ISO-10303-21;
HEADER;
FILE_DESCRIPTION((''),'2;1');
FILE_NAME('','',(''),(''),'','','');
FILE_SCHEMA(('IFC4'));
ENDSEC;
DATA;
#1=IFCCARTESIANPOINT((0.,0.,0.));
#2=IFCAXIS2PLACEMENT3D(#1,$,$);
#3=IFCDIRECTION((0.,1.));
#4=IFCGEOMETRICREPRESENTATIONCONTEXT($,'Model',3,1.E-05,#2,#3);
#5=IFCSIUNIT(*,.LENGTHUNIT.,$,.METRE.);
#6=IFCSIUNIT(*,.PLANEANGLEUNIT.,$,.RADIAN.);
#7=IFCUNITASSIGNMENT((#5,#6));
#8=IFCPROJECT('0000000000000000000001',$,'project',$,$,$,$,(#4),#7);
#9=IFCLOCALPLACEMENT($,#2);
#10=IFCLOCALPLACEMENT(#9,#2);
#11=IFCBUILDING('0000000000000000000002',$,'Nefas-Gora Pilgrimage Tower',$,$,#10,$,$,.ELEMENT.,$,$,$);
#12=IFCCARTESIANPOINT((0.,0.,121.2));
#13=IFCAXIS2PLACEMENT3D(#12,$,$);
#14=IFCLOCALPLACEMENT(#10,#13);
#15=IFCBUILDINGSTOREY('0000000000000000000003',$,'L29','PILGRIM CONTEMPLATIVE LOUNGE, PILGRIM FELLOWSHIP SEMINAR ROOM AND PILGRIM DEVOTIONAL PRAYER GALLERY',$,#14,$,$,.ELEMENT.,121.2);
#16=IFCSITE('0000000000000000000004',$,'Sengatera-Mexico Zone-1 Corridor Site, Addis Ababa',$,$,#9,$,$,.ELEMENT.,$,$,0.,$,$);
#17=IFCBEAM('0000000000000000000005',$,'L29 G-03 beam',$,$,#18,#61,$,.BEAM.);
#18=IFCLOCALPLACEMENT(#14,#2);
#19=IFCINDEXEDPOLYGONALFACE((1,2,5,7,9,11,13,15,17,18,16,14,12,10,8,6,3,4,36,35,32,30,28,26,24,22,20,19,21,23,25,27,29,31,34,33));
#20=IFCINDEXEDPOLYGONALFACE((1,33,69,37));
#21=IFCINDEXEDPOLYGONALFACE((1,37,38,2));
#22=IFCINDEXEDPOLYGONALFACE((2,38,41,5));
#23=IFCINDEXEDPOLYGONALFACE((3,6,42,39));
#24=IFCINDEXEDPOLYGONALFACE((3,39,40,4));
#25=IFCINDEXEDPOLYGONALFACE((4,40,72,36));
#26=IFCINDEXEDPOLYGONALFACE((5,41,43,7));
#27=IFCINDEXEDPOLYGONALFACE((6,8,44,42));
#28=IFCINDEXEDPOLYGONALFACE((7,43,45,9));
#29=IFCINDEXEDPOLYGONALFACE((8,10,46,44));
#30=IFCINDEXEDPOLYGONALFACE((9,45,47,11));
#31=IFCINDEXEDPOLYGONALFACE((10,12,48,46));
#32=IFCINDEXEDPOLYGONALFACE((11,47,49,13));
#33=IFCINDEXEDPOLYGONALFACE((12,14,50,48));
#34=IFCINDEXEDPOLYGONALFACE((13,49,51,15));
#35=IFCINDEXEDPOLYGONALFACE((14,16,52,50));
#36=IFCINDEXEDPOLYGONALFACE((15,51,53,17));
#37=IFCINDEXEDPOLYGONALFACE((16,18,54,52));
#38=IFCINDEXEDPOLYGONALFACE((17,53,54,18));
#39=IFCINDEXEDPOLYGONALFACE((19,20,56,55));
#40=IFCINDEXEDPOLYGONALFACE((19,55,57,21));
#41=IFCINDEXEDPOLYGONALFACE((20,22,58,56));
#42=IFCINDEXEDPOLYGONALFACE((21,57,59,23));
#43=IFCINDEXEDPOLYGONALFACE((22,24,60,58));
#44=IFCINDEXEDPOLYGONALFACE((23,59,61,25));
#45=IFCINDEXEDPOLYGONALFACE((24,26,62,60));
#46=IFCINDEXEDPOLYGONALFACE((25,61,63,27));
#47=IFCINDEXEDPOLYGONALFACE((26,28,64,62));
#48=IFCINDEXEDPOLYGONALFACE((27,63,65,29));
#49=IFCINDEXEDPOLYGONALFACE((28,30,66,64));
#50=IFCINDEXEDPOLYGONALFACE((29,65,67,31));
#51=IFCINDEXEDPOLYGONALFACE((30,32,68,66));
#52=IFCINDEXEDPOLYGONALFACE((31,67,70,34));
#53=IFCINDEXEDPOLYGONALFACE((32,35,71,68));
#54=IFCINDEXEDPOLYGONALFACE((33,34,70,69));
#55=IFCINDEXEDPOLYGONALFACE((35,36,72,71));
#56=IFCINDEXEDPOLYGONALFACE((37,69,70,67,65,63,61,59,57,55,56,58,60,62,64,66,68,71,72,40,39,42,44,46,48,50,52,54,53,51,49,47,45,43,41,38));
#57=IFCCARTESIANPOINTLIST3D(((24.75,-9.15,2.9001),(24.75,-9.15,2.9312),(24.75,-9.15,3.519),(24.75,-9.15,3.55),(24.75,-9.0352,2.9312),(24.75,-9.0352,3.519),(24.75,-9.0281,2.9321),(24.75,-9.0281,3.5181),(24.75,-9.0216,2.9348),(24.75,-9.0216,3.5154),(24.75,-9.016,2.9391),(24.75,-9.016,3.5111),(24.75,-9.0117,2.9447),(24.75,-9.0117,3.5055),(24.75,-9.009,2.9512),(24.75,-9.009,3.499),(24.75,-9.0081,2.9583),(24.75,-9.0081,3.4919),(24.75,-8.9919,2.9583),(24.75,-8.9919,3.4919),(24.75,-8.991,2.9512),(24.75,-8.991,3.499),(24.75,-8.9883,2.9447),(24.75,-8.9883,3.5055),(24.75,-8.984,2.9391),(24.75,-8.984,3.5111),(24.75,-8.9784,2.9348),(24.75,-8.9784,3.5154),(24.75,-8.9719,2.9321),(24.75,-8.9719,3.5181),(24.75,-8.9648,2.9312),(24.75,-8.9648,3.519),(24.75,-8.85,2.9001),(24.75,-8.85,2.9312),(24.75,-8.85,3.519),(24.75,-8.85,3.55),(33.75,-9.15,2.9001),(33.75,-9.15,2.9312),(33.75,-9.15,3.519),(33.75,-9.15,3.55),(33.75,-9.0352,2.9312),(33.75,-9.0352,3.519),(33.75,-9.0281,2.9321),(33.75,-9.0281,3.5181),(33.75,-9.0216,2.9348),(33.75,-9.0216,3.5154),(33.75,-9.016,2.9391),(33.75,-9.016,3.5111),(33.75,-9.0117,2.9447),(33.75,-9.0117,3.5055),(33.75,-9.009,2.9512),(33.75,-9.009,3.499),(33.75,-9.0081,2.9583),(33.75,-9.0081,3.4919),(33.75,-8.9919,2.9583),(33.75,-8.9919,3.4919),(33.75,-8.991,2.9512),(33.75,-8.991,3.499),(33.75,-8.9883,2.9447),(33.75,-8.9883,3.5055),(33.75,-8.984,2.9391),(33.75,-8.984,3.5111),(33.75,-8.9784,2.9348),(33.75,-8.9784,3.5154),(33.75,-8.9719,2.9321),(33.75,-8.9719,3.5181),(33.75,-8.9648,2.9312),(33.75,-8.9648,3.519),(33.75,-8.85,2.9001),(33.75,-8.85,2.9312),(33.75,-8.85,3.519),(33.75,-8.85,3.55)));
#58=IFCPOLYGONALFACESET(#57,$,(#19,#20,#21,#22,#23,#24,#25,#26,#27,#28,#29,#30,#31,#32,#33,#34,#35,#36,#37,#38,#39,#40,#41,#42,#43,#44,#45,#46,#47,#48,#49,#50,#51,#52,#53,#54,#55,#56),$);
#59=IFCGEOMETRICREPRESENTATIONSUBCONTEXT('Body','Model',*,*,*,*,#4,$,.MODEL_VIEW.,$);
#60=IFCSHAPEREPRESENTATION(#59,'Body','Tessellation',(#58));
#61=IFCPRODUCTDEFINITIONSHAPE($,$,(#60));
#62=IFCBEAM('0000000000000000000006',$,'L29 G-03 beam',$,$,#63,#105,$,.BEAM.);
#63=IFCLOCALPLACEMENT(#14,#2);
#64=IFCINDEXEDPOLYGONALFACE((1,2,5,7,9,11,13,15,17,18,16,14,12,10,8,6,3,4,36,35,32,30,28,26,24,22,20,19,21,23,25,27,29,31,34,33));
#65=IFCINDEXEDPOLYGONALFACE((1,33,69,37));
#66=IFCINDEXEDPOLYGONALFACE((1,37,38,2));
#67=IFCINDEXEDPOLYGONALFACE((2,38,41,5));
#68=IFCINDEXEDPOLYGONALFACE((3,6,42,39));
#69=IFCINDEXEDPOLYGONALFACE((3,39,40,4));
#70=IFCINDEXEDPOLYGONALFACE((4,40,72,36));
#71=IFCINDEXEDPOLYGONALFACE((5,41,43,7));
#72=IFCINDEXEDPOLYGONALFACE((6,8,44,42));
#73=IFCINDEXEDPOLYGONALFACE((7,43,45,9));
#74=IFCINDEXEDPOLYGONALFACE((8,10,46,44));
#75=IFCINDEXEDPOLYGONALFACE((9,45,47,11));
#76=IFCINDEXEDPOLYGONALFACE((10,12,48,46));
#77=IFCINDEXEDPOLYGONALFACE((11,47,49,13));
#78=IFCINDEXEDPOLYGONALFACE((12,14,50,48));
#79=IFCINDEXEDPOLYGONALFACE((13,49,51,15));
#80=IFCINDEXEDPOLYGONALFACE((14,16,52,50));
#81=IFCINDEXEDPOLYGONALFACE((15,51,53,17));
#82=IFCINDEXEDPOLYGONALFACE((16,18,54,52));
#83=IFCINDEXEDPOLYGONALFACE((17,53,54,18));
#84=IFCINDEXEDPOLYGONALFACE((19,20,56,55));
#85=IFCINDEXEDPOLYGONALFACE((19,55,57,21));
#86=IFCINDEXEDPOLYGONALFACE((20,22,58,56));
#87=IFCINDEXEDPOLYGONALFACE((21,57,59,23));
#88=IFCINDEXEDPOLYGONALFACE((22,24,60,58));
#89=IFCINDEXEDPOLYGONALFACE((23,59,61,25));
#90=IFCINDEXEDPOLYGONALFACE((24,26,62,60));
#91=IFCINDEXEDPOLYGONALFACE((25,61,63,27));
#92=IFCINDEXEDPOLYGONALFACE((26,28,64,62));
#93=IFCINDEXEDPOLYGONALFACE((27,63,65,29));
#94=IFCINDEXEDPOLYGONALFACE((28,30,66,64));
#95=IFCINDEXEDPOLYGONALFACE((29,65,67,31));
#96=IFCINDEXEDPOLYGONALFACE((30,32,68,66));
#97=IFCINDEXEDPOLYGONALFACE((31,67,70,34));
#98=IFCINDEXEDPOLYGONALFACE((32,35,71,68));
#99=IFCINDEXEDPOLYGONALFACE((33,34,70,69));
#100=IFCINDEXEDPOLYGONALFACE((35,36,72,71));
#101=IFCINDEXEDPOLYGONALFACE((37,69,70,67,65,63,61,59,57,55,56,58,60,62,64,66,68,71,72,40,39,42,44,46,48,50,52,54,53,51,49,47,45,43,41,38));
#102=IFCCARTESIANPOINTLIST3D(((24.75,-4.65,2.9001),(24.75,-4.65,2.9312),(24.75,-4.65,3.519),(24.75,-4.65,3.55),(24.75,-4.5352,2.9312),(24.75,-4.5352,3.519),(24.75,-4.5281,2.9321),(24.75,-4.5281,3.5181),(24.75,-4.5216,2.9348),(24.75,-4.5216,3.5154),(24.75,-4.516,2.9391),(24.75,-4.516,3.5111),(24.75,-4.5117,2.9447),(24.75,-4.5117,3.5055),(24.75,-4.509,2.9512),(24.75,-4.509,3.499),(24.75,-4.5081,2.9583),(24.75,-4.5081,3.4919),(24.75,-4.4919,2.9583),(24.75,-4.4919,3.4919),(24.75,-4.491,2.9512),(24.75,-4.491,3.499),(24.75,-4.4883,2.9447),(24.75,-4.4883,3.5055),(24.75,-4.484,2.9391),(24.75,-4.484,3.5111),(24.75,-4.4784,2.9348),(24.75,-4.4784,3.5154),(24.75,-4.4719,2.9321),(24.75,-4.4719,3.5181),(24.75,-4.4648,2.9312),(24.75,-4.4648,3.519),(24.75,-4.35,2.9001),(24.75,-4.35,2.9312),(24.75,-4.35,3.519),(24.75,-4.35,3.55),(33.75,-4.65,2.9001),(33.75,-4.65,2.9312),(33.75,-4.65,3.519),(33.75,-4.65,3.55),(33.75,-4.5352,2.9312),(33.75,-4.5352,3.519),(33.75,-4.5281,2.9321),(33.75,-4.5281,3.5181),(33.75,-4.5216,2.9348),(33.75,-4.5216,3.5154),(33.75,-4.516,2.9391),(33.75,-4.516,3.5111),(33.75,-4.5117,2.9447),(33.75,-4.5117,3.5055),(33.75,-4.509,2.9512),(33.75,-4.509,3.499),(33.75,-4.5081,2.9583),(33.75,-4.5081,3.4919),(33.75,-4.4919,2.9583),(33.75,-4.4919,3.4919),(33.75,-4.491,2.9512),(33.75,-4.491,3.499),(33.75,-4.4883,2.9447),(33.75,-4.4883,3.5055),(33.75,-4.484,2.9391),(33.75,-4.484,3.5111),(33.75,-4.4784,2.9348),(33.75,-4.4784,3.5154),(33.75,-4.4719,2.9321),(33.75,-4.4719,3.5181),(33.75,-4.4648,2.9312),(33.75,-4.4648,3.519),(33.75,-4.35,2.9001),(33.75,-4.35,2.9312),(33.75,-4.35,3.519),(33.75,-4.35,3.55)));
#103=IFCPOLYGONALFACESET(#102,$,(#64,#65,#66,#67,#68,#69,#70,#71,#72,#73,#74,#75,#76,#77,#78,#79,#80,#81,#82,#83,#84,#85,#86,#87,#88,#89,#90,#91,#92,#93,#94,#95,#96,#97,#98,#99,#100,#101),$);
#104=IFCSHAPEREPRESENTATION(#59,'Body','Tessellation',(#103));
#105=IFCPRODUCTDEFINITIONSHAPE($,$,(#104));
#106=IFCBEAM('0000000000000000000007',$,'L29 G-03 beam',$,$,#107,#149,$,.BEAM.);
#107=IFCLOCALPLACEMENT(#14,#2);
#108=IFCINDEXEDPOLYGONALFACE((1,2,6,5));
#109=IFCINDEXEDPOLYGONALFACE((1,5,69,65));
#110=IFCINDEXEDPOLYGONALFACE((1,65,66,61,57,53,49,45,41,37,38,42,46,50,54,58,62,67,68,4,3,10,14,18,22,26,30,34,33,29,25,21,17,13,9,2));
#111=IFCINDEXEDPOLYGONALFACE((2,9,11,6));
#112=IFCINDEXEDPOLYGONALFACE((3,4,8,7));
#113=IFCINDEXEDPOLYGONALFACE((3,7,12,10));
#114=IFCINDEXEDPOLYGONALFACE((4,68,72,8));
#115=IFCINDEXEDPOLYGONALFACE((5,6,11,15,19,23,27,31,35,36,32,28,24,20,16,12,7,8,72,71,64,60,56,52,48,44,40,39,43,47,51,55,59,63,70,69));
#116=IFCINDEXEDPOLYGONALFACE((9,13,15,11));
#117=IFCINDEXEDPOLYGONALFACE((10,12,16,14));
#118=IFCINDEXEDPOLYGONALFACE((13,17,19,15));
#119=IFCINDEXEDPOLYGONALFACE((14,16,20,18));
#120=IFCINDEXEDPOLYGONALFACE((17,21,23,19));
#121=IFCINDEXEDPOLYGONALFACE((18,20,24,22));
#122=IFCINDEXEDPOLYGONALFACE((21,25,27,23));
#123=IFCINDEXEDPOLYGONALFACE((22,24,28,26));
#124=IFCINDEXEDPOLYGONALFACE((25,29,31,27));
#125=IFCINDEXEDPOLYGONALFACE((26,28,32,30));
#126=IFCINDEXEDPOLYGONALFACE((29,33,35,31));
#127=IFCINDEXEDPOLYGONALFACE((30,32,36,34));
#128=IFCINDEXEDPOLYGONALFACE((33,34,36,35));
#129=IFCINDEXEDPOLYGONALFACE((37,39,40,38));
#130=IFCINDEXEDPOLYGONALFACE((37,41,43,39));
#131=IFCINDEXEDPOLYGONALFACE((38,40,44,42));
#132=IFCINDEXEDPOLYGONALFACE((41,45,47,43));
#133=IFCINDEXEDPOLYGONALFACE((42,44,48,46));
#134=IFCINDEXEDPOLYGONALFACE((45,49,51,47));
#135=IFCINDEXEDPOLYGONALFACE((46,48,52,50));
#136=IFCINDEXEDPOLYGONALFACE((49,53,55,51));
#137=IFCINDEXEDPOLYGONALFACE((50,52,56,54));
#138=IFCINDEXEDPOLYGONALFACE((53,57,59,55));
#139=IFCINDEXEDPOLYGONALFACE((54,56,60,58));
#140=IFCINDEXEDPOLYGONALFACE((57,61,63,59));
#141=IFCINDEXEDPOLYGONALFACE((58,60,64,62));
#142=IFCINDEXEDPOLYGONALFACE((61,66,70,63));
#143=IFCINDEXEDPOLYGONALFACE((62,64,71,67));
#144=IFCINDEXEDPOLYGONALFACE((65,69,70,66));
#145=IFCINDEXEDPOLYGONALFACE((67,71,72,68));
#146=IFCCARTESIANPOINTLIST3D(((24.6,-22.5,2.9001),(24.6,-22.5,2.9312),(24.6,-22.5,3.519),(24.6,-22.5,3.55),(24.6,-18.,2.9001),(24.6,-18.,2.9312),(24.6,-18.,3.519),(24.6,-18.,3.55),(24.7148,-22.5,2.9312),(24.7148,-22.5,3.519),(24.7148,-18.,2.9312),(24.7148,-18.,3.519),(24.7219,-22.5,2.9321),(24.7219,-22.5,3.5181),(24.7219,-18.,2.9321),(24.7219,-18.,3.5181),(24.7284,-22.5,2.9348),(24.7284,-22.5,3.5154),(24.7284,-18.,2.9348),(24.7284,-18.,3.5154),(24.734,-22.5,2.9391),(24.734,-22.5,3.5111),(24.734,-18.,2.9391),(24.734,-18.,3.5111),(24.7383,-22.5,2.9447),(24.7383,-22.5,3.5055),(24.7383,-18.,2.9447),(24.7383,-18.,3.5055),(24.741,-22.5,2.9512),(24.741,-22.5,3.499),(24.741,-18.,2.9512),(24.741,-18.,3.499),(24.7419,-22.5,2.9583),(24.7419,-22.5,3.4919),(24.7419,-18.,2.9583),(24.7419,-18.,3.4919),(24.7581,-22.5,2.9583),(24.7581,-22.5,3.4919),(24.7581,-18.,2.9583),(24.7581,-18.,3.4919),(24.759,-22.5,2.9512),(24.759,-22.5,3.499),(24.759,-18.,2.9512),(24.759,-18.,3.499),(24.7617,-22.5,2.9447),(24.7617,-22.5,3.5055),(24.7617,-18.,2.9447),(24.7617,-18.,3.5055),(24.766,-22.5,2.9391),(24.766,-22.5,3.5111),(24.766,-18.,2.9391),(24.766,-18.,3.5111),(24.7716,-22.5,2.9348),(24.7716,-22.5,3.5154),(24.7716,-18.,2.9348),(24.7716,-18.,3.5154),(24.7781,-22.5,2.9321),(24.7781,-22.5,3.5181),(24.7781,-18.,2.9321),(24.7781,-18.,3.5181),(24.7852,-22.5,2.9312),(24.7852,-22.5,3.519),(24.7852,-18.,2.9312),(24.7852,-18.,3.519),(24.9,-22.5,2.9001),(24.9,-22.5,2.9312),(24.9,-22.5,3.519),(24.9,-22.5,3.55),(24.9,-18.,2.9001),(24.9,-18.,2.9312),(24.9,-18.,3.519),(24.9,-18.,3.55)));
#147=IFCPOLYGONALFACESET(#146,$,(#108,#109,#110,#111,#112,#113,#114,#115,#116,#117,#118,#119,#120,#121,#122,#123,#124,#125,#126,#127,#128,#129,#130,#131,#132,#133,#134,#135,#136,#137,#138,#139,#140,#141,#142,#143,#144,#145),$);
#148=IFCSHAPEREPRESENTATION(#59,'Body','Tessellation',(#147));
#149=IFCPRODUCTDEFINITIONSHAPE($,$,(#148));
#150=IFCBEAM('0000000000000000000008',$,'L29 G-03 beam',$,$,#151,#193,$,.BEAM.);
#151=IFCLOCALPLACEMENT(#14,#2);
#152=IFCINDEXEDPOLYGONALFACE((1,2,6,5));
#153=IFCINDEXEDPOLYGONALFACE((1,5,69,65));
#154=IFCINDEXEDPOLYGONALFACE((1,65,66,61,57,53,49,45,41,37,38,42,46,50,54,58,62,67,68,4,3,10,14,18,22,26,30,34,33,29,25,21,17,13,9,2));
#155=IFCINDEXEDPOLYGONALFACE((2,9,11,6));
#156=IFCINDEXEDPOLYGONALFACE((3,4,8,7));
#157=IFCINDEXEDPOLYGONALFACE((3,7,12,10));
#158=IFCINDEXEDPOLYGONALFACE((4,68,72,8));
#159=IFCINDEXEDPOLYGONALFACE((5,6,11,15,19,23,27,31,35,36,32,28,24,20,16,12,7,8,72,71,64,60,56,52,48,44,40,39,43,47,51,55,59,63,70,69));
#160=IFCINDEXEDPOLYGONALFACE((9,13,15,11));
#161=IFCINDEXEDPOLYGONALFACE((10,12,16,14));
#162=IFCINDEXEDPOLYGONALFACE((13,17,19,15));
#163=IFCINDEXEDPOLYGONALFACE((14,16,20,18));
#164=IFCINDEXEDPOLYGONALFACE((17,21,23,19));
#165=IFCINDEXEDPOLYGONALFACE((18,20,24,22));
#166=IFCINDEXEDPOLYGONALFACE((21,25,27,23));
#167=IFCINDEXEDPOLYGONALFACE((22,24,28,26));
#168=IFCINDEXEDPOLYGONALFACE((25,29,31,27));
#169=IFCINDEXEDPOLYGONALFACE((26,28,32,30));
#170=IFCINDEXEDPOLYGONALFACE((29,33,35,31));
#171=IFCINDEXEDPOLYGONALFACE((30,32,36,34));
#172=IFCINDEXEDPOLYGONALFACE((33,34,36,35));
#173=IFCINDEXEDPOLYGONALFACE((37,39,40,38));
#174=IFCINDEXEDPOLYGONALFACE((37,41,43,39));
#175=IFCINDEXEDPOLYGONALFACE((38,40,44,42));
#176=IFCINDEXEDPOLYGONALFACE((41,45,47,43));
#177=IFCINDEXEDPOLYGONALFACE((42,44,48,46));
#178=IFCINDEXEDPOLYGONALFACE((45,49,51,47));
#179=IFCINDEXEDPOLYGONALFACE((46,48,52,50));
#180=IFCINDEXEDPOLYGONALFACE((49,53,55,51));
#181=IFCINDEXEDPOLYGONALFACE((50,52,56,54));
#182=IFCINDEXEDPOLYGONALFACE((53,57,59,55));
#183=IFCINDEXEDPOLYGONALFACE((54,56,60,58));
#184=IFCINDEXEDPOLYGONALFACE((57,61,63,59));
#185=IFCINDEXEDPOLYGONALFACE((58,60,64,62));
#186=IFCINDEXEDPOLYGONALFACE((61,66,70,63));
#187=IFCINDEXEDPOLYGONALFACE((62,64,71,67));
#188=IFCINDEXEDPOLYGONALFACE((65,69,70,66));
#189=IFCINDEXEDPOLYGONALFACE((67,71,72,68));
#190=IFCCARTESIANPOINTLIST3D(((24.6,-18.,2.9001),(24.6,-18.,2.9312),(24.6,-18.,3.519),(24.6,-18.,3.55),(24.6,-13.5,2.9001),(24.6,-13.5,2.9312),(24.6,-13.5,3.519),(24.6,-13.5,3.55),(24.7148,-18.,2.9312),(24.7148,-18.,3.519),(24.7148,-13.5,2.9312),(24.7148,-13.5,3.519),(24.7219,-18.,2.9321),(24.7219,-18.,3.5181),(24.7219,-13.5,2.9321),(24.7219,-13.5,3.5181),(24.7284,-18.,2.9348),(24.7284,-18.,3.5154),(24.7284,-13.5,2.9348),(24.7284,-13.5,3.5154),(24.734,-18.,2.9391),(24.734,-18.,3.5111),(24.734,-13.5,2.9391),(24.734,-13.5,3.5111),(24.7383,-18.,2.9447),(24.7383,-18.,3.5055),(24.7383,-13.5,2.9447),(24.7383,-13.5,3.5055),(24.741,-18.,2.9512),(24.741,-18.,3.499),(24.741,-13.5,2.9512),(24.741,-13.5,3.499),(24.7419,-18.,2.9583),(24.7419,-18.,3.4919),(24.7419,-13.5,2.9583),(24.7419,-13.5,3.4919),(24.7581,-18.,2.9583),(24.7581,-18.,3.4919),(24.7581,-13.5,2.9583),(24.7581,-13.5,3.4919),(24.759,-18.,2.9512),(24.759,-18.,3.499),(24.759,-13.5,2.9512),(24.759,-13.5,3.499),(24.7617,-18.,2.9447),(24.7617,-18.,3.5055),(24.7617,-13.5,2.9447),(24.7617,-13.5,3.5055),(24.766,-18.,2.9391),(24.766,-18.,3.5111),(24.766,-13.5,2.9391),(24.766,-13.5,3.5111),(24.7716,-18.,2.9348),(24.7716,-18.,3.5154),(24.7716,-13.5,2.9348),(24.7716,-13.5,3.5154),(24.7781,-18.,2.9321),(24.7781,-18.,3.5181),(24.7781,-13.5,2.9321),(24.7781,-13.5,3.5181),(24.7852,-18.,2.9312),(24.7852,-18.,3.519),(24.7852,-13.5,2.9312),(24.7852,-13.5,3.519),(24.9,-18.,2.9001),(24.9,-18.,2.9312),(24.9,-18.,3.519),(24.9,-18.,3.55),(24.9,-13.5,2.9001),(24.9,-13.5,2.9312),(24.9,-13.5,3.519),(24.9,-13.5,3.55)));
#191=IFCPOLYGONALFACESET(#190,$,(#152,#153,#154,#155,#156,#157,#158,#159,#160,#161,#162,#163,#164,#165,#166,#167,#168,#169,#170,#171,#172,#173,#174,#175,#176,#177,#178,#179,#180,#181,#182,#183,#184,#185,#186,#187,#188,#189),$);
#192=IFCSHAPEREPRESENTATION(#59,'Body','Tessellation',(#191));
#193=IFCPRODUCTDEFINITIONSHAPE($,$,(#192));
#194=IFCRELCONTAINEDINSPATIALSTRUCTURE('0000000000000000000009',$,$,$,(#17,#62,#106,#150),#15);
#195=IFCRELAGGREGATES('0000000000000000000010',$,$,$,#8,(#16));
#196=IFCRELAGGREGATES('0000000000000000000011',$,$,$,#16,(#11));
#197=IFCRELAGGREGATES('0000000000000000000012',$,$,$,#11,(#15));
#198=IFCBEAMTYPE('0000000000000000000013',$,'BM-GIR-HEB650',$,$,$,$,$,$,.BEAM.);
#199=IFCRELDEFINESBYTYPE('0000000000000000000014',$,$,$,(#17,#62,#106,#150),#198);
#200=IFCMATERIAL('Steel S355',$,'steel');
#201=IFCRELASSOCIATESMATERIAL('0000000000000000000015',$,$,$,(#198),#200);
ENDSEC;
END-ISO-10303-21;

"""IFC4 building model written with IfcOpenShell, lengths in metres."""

from ifc_helpers import new_model, si_unit, direction, frame, origin, origin_2d, place, context, subcontext, project, spatial, i_section, extrude, source, transform, mapped, material, material_profile, profile_set, type_object, element, save


model = new_model("IFC4")

# Units and contexts
model_context = context("Model", 3, precision=1e-05, world=origin(), true_north=direction((0.0, 1.0)))
body_context = subcontext(model_context, "Body", "Model", "MODEL_VIEW")
ifc_project = project(units=[si_unit("LENGTHUNIT", "METRE"), si_unit("PLANEANGLEUNIT", "RADIAN")], contexts=[model_context])

# Site, building, storey
site_placement = place(None, origin())
site = spatial("IfcSite", under=ifc_project, at=site_placement, Name="Sengatera-Mexico Zone-1 Corridor Site, Addis Ababa", CompositionType="ELEMENT", RefElevation=0.0)
building_placement = place(site_placement, origin())
building = spatial("IfcBuilding", under=site, at=building_placement, Name="Nefas-Gora Pilgrimage Tower", CompositionType="ELEMENT")
storey_placement = place(building_placement, frame((0.0, 0.0, 121.2)))
storey = spatial("IfcBuildingStorey", under=building, at=storey_placement, Name="L29", Description="PILGRIM CONTEMPLATIVE LOUNGE, PILGRIM FELLOWSHIP SEMINAR ROOM AND PILGRIM DEVOTIONAL PRAYER GALLERY", CompositionType="ELEMENT", Elevation=121.2)

# Beams
ifc_material_1 = material(Name="Steel S355", Category="steel")
ifc_material_profile_1 = material_profile(ifc_material_1, i_section(OverallWidth=0.3, OverallDepth=0.6499, WebThickness=0.0161, FlangeThickness=0.031, FilletRadius=0.0271, at=origin_2d()), Name="HEB 650")
ifc_profile_set_1 = profile_set([ifc_material_profile_1], Name="Steel S355")
beam_type_1 = type_object("IfcBeamType", Name="BM-GIR-HEB650", PredefinedType="BEAM", material=ifc_profile_set_1)
shared_shape_1 = source(origin(), body_context, "Body", "SweptSolid", [
    extrude(i_section(OverallWidth=0.3, OverallDepth=0.6499, WebThickness=0.0161, FlangeThickness=0.031, FilletRadius=0.0271, at=origin_2d()), origin(), (0.0, 0.0, 1.0), 9.0),
])
for number, where, z_axis, x_axis, name in (
    (1, (24.75, -9.0, 3.2251), (1.0, 0.0, 0.0), (0.0, 1.0, 0.0), "L29 G-03 beam"),
    (2, (24.75, -4.5, 3.2251), (1.0, 0.0, 0.0), (0.0, 1.0, 0.0), "L29 G-03 beam"),
):
    element("IfcBeam", number, at=place(storey_placement, frame(where, z_axis=z_axis, x_axis=x_axis)), inside=storey, type_object=beam_type_1, Name=name, PredefinedType="BEAM", context=body_context, shape_type="MappedRepresentation", body=[
        mapped(shared_shape_1, transform((0.0, 0.0, 0.0), x_axis=(1.0, 0.0, 0.0), y_axis=(0.0, 1.0, 0.0), z_axis=(0.0, 0.0, 1.0), scale=1.0)),
    ])
shared_shape_2 = source(origin(), body_context, "Body", "SweptSolid", [
    extrude(i_section(OverallWidth=0.3, OverallDepth=0.6499, WebThickness=0.0161, FlangeThickness=0.031, FilletRadius=0.0271, at=origin_2d()), origin(), (0.0, 0.0, 1.0), 4.5),
])
for number, where, z_axis, x_axis, name in (
    (3, (24.75, -22.5, 3.2251), (0.0, 1.0, 0.0), (-1.0, 0.0, 0.0), "L29 G-03 beam"),
    (4, (24.75, -18.0, 3.2251), (0.0, 1.0, 0.0), (-1.0, 0.0, 0.0), "L29 G-03 beam"),
):
    element("IfcBeam", number, at=place(storey_placement, frame(where, z_axis=z_axis, x_axis=x_axis)), inside=storey, type_object=beam_type_1, Name=name, PredefinedType="BEAM", context=body_context, shape_type="MappedRepresentation", body=[
        mapped(shared_shape_2, transform((0.0, 0.0, 0.0), x_axis=(1.0, 0.0, 0.0), y_axis=(0.0, 1.0, 0.0), z_axis=(0.0, 0.0, 1.0), scale=1.0)),
    ])

save(model, "model.ifc")
